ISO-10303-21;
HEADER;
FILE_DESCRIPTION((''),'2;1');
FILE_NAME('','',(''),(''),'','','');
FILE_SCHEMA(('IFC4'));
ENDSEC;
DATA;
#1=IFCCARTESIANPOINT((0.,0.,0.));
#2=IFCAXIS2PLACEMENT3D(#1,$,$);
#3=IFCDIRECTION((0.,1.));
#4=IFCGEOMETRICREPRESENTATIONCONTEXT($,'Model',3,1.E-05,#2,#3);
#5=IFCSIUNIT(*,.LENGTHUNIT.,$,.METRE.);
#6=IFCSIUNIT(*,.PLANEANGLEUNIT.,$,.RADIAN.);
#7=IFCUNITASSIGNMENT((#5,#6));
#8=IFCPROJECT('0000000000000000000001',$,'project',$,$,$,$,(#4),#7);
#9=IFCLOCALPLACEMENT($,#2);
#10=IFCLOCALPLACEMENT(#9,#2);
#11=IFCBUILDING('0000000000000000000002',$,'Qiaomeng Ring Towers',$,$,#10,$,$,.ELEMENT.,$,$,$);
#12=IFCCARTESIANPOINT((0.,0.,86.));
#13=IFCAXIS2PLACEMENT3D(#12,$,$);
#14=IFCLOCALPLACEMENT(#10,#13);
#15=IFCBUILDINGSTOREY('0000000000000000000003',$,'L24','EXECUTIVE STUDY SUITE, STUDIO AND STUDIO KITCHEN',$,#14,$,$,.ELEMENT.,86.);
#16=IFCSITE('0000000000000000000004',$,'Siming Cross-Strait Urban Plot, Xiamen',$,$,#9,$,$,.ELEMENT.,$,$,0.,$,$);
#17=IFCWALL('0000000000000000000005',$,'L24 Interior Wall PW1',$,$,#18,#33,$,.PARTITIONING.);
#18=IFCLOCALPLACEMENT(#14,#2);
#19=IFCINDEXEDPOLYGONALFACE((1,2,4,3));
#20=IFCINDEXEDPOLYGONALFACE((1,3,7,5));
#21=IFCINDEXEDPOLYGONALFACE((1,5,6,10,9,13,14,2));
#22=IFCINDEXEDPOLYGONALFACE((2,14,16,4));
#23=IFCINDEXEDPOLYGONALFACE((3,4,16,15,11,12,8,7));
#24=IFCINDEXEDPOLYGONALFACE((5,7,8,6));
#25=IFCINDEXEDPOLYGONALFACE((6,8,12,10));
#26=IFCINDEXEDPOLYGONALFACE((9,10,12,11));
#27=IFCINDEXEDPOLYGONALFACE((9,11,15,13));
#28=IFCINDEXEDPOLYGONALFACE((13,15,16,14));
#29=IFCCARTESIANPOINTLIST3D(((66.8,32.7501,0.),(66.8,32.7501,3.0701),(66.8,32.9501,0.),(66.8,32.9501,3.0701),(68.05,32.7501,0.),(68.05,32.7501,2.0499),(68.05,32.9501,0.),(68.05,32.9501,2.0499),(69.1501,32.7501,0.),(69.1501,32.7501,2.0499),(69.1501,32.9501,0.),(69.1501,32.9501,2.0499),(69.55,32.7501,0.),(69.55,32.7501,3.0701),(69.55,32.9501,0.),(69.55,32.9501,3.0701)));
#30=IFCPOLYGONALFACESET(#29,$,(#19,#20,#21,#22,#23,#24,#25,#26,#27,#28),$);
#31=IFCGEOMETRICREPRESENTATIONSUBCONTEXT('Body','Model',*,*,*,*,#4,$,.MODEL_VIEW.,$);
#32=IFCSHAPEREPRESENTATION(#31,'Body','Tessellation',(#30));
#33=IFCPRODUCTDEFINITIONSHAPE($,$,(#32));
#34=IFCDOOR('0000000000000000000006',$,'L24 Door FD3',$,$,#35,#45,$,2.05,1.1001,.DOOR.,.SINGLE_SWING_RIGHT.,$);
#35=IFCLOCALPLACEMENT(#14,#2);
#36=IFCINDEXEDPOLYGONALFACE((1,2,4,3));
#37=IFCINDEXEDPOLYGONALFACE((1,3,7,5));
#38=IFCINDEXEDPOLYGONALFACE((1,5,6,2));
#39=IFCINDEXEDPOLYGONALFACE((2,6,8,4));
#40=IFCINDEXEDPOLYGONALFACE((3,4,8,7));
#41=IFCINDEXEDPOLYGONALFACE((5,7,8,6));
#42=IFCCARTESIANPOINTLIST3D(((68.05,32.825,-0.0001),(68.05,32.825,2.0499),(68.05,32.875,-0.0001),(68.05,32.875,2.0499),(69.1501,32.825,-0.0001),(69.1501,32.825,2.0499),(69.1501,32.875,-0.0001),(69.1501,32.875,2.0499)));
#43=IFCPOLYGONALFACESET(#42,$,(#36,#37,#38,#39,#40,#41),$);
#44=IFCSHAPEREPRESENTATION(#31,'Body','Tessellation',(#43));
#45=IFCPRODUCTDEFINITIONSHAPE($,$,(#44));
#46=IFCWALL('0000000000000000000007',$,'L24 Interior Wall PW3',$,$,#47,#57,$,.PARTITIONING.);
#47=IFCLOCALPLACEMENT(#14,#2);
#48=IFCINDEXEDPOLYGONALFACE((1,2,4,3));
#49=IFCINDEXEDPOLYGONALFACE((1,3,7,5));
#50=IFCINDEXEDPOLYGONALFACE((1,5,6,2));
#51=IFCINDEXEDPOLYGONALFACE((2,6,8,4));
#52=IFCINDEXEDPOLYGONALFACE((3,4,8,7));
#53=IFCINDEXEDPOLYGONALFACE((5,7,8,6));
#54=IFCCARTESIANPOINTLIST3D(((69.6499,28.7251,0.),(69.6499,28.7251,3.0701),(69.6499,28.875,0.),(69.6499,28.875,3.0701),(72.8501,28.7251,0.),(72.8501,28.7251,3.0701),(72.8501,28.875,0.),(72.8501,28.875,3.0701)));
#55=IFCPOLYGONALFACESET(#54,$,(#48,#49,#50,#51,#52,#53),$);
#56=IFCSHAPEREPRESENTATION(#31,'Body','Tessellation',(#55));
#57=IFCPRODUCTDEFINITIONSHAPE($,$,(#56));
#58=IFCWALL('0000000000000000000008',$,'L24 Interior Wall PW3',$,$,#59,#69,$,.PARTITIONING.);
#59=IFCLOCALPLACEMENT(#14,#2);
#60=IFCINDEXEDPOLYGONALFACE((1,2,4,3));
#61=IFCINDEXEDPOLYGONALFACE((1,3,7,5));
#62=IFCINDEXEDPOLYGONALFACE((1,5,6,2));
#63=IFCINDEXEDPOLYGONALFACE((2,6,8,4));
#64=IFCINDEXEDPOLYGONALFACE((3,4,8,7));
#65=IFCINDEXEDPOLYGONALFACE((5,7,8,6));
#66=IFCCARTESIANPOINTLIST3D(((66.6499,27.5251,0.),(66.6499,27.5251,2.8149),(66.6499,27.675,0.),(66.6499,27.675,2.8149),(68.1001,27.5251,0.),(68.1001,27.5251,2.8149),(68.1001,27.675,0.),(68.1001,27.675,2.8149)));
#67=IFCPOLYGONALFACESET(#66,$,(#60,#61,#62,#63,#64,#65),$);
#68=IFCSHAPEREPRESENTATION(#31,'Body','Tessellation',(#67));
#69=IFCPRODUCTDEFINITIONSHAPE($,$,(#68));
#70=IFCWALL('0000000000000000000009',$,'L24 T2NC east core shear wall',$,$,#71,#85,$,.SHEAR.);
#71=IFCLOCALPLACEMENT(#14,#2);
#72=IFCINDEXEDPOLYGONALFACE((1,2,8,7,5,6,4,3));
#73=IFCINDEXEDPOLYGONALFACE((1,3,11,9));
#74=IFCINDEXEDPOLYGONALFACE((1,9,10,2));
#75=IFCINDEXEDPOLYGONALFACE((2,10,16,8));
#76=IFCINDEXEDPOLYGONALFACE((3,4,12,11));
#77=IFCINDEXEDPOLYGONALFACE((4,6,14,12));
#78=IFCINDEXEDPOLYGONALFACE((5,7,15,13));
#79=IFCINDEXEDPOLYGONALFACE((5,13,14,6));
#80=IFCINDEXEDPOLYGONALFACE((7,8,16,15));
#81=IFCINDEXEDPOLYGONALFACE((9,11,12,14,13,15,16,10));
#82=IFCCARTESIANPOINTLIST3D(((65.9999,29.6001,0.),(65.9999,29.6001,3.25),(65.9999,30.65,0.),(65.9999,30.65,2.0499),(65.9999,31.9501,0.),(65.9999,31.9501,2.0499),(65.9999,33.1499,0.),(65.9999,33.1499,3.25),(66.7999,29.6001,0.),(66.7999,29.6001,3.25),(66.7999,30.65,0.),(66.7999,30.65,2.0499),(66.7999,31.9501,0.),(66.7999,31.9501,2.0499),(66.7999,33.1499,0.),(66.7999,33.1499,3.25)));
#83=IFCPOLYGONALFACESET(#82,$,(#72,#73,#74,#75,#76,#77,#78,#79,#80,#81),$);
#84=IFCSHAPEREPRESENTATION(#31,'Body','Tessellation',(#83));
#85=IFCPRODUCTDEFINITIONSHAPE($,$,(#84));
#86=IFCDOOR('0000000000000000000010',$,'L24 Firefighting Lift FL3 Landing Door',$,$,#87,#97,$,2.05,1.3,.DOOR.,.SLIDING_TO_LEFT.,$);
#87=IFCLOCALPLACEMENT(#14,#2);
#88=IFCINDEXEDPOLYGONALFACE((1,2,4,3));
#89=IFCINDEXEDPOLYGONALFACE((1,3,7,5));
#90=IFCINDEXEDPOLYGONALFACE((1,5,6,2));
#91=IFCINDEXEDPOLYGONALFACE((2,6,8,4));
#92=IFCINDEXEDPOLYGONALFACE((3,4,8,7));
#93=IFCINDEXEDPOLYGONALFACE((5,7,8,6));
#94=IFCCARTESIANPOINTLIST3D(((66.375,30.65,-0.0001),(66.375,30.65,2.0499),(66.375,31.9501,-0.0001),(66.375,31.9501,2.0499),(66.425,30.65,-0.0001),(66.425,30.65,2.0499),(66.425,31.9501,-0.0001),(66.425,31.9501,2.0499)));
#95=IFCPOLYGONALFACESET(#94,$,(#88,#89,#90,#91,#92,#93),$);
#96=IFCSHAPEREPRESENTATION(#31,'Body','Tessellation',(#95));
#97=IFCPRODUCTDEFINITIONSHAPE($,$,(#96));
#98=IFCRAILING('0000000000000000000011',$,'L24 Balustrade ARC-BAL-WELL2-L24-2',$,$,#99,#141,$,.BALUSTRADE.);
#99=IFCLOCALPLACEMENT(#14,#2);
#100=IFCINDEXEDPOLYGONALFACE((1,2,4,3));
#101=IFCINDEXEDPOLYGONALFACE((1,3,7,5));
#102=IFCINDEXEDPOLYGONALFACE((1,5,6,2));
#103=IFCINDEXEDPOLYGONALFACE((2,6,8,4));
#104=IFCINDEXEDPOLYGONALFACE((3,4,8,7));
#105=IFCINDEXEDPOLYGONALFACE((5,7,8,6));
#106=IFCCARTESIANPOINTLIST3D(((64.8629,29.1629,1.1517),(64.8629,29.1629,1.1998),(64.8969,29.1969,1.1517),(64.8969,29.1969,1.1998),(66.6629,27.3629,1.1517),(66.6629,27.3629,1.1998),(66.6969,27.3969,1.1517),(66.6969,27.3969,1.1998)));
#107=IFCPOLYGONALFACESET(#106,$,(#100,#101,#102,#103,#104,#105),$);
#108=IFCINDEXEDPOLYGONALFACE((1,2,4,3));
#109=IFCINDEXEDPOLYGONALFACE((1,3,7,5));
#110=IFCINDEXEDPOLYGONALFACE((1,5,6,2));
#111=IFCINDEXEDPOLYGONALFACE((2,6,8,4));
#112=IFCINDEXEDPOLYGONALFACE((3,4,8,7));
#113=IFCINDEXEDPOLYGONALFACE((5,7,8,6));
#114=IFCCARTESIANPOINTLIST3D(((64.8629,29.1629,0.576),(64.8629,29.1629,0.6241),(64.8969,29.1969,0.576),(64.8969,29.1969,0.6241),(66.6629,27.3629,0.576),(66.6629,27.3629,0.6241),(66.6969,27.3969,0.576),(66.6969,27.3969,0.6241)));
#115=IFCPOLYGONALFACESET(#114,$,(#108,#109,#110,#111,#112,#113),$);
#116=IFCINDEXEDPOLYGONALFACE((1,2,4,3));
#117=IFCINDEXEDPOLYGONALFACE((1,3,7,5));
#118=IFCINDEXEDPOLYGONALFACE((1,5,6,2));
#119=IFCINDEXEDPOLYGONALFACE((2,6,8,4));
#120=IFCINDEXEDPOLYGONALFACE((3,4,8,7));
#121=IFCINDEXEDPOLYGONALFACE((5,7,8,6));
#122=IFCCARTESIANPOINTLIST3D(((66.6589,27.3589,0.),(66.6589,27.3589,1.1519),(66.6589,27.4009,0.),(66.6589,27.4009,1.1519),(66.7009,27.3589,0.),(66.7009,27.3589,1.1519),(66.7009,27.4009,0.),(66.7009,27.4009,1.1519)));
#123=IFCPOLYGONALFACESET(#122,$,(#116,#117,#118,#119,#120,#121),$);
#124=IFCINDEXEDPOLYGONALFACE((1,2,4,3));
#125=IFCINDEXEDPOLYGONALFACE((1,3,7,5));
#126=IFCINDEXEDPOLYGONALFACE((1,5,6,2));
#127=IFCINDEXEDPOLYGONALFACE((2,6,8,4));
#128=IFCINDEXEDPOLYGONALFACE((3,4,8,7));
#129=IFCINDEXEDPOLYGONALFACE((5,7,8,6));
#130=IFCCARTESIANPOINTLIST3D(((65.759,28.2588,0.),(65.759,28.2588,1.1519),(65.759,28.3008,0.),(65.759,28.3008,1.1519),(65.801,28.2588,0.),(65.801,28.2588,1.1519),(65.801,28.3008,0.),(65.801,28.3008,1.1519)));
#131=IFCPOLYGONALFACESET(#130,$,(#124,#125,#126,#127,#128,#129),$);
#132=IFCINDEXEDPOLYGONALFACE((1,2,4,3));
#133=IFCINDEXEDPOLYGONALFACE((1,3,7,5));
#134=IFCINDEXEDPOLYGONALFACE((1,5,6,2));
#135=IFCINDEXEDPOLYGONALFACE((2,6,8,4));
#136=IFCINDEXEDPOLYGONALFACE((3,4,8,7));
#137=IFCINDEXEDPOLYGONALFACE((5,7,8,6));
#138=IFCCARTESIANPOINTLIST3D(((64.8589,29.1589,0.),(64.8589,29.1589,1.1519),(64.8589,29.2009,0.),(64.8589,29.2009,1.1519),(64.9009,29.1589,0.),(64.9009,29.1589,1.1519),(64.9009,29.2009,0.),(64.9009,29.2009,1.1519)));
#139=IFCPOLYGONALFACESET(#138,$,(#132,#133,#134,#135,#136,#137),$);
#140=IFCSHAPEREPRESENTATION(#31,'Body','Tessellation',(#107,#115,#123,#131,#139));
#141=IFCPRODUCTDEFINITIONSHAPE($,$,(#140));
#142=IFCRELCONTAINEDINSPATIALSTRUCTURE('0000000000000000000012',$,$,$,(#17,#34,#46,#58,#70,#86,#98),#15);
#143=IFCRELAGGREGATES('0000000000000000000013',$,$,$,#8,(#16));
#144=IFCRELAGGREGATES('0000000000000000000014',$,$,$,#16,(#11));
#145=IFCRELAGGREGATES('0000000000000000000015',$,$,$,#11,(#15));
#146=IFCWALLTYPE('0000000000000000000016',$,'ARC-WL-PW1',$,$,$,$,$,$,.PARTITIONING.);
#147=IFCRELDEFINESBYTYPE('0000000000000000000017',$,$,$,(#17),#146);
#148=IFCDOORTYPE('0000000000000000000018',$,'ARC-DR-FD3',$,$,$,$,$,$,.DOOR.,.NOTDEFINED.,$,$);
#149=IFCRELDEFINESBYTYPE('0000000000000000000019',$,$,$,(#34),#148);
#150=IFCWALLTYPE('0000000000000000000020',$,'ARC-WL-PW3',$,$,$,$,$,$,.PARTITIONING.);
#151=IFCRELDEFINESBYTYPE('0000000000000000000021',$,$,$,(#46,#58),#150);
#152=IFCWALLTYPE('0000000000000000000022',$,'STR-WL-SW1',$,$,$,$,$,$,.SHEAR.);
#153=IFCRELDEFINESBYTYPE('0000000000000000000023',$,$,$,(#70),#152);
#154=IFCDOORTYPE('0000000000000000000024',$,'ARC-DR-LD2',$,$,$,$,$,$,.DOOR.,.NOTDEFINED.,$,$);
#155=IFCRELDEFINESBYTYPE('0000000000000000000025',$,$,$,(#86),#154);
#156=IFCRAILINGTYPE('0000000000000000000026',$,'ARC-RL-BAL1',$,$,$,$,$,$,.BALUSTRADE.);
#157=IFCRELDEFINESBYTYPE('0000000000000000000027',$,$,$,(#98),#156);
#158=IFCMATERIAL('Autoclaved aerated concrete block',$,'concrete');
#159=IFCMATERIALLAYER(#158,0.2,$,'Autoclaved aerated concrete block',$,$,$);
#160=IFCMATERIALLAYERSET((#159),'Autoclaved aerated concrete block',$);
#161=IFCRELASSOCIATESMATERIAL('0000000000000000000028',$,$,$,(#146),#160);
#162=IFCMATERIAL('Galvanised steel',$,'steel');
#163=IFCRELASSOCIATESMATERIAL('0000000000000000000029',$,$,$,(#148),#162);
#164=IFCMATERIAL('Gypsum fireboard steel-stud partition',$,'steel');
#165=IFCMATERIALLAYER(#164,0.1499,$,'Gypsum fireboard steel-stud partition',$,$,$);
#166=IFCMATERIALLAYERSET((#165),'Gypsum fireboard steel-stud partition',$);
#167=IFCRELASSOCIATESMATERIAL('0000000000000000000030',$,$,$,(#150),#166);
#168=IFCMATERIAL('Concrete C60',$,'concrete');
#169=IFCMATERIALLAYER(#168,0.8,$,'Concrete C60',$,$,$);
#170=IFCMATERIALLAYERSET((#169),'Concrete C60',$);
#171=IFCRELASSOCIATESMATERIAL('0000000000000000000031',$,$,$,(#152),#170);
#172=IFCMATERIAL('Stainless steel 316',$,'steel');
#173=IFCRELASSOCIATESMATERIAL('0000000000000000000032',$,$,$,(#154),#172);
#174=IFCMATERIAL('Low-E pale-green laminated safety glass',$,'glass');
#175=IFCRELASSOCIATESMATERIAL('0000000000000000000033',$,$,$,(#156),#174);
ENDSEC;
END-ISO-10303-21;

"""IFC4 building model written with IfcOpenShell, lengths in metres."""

from ifc_helpers import new_model, si_unit, direction, frame, frame_2d, origin, origin_2d, place, context, subcontext, project, spatial, rectangle, extrude, source, transform, mapped, material, layer, layer_set, type_object, element, fill, save


model = new_model("IFC4")

# Units and contexts
model_context = context("Model", 3, precision=1e-05, world=origin(), true_north=direction((0.0, 1.0)))
body_context = subcontext(model_context, "Body", "Model", "MODEL_VIEW")
ifc_project = project(units=[si_unit("LENGTHUNIT", "METRE"), si_unit("PLANEANGLEUNIT", "RADIAN")], contexts=[model_context])

# Site, building, storey
site_placement = place(None, origin())
site = spatial("IfcSite", under=ifc_project, at=site_placement, Name="Siming Cross-Strait Urban Plot, Xiamen", CompositionType="ELEMENT", RefElevation=0.0)
building_placement = place(site_placement, origin())
building = spatial("IfcBuilding", under=site, at=building_placement, Name="Qiaomeng Ring Towers", CompositionType="ELEMENT")
storey_placement = place(building_placement, frame((0.0, 0.0, 86.0)))
storey = spatial("IfcBuildingStorey", under=building, at=storey_placement, Name="L24", Description="EXECUTIVE STUDY SUITE, STUDIO AND STUDIO KITCHEN", CompositionType="ELEMENT", Elevation=86.0)

# Shared definitions
ifc_material_1 = material(Name="Autoclaved aerated concrete block", Category="concrete")
ifc_layer_1 = layer(ifc_material_1, 0.2, Name="Autoclaved aerated concrete block")
ifc_layer_set_1 = layer_set([ifc_layer_1], Name="Autoclaved aerated concrete block")
wall_type_1 = type_object("IfcWallType", Name="ARC-WL-PW1", PredefinedType="PARTITIONING", material=ifc_layer_set_1)

# Wall, opening, door
wall_1_placement = place(storey_placement, frame((66.8, 32.8501, 0.0), z_axis=(0.0, 0.0, 1.0), x_axis=(1.0, 0.0, 0.0)))
wall_1 = element("IfcWall", 1, at=wall_1_placement, inside=storey, type_object=wall_type_1, Name="L24 Interior Wall PW1", PredefinedType="PARTITIONING", context=body_context, shape_type="SweptSolid", body=[
    extrude(rectangle(XDim=2.75, YDim=0.2, at=frame_2d((1.375, 0.0))), origin(), (0.0, 0.0, 1.0), 3.0701),
])
opening_1_placement = place(wall_1_placement, frame((1.25, 0.0, 0.0)))
opening_1 = element("IfcOpeningElement", 2, at=opening_1_placement, cuts=wall_1, PredefinedType="OPENING", context=body_context, shape_type="SweptSolid", body=[
    extrude(rectangle(XDim=1.1001, YDim=2.05, at=frame_2d((0.55, 1.0249))), frame((0.0, 0.1099, 0.0), z_axis=(0.0, -1.0, 0.0), x_axis=(1.0, 0.0, 0.0)), (0.0, 0.0, 1.0), 0.22),
])
ifc_material_2 = material(Name="Galvanised steel", Category="steel")
door_type_1 = type_object("IfcDoorType", Name="ARC-DR-FD3", OperationType="NOTDEFINED", PredefinedType="DOOR", material=ifc_material_2)
shared_shape_1 = source(origin(), body_context, "Body", "SweptSolid", [
    extrude(rectangle(XDim=1.1001, YDim=2.05, at=frame_2d((0.55, 1.0249))), frame((0.0, 0.0249, 0.0), z_axis=(0.0, -1.0, 0.0), x_axis=(1.0, 0.0, 0.0)), (0.0, 0.0, 1.0), 0.05),
])
door_1_placement = place(opening_1_placement, origin())
door_1 = element("IfcDoor", 3, at=door_1_placement, inside=storey, type_object=door_type_1, Name="L24 Door FD3", OperationType="SINGLE_SWING_RIGHT", OverallHeight=2.05, OverallWidth=1.1001, PredefinedType="DOOR", context=body_context, shape_type="MappedRepresentation", body=[
    mapped(shared_shape_1, transform((0.0, 0.0, 0.0), x_axis=(1.0, 0.0, 0.0), y_axis=(0.0, 1.0, 0.0), z_axis=(0.0, 0.0, 1.0), scale=1.0)),
])
fill(opening_1, door_1)

# Walls
ifc_material_3 = material(Name="Gypsum fireboard steel-stud partition", Category="steel")
ifc_layer_2 = layer(ifc_material_3, 0.1499, Name="Gypsum fireboard steel-stud partition")
ifc_layer_set_2 = layer_set([ifc_layer_2], Name="Gypsum fireboard steel-stud partition")
wall_type_2 = type_object("IfcWallType", Name="ARC-WL-PW3", PredefinedType="PARTITIONING", material=ifc_layer_set_2)
wall_2_placement = place(storey_placement, frame((69.6499, 28.8, 0.0), z_axis=(0.0, 0.0, 1.0), x_axis=(1.0, 0.0, 0.0)))
element("IfcWall", 4, at=wall_2_placement, inside=storey, type_object=wall_type_2, Name="L24 Interior Wall PW3", PredefinedType="PARTITIONING", context=body_context, shape_type="SweptSolid", body=[
    extrude(rectangle(XDim=3.2002, YDim=0.1499, at=frame_2d((1.6001, 0.0))), origin(), (0.0, 0.0, 1.0), 3.0701),
])
wall_3_placement = place(storey_placement, frame((66.6499, 27.6001, 0.0), z_axis=(0.0, 0.0, 1.0), x_axis=(1.0, 0.0, 0.0)))
element("IfcWall", 5, at=wall_3_placement, inside=storey, type_object=wall_type_2, Name="L24 Interior Wall PW3", PredefinedType="PARTITIONING", context=body_context, shape_type="SweptSolid", body=[
    extrude(rectangle(XDim=1.4502, YDim=0.1499, at=frame_2d((0.7251, 0.0))), origin(), (0.0, 0.0, 1.0), 2.8149),
])

# Wall, opening, door
ifc_material_4 = material(Name="Concrete C60", Category="concrete")
ifc_layer_3 = layer(ifc_material_4, 0.8, Name="Concrete C60")
ifc_layer_set_3 = layer_set([ifc_layer_3], Name="Concrete C60")
wall_type_3 = type_object("IfcWallType", Name="STR-WL-SW1", PredefinedType="SHEAR", material=ifc_layer_set_3)
wall_4_placement = place(storey_placement, frame((66.3999, 29.6001, 0.0), z_axis=(0.0, 0.0, 1.0), x_axis=(0.0, 1.0, 0.0)))
wall_4 = element("IfcWall", 6, at=wall_4_placement, inside=storey, type_object=wall_type_3, Name="L24 T2NC east core shear wall", PredefinedType="SHEAR", context=body_context, shape_type="SweptSolid", body=[
    extrude(rectangle(XDim=3.5498, YDim=0.8, at=frame_2d((1.7749, 0.0))), origin(), (0.0, 0.0, 1.0), 3.25),
])
opening_2_placement = place(wall_4_placement, frame((1.05, 0.0, 0.0)))
opening_2 = element("IfcOpeningElement", 7, at=opening_2_placement, cuts=wall_4, PredefinedType="OPENING", context=body_context, shape_type="SweptSolid", body=[
    extrude(rectangle(XDim=1.3, YDim=2.05, at=frame_2d((0.6499, 1.0249))), frame((0.0, 0.4099, 0.0), z_axis=(0.0, -1.0, 0.0), x_axis=(1.0, 0.0, 0.0)), (0.0, 0.0, 1.0), 0.8201),
])
ifc_material_5 = material(Name="Stainless steel 316", Category="steel")
door_type_2 = type_object("IfcDoorType", Name="ARC-DR-LD2", OperationType="NOTDEFINED", PredefinedType="DOOR", material=ifc_material_5)
shared_shape_2 = source(origin(), body_context, "Body", "SweptSolid", [
    extrude(rectangle(XDim=1.3, YDim=2.05, at=frame_2d((0.6499, 1.0249))), frame((0.0, 0.0249, 0.0), z_axis=(0.0, -1.0, 0.0), x_axis=(1.0, 0.0, 0.0)), (0.0, 0.0, 1.0), 0.05),
])
door_2_placement = place(opening_2_placement, origin())
door_2 = element("IfcDoor", 8, at=door_2_placement, inside=storey, type_object=door_type_2, Name="L24 Firefighting Lift FL3 Landing Door", OperationType="SLIDING_TO_LEFT", OverallHeight=2.05, OverallWidth=1.3, PredefinedType="DOOR", context=body_context, shape_type="MappedRepresentation", body=[
    mapped(shared_shape_2, transform((0.0, 0.0, 0.0), x_axis=(1.0, 0.0, 0.0), y_axis=(0.0, 1.0, 0.0), z_axis=(0.0, 0.0, 1.0), scale=1.0)),
])
fill(opening_2, door_2)

# Railing
ifc_material_6 = material(Name="Low-E pale-green laminated safety glass", Category="glass")
railing_type = type_object("IfcRailingType", Name="ARC-RL-BAL1", PredefinedType="BALUSTRADE", material=ifc_material_6)
railing_1_placement = place(storey_placement, frame((66.6799, 27.3799, 0.0)))
element("IfcRailing", 9, at=railing_1_placement, inside=storey, type_object=railing_type, Name="L24 Balustrade ARC-BAL-WELL2-L24-2", PredefinedType="BALUSTRADE", context=body_context, shape_type="SweptSolid", body=[
    extrude(rectangle(XDim=0.0481, YDim=0.0481, at=origin_2d()), frame((0.0, 0.0, 1.1758), z_axis=(-0.707107, 0.707107, 0.0), x_axis=(-0.707107, -0.707107, 0.0)), (0.0, 0.0, 1.0), 2.5457),
    extrude(rectangle(XDim=0.0481, YDim=0.0481, at=origin_2d()), frame((0.0, 0.0, 0.6001), z_axis=(-0.707107, 0.707107, 0.0), x_axis=(-0.707107, -0.707107, 0.0)), (0.0, 0.0, 1.0), 2.5457),
    extrude(rectangle(XDim=0.042, YDim=0.042, at=origin_2d()), origin(), (0.0, 0.0, 1.0), 1.1519),
    extrude(rectangle(XDim=0.042, YDim=0.042, at=origin_2d()), frame((-0.8999, 0.8999, 0.0)), (0.0, 0.0, 1.0), 1.1519),
    extrude(rectangle(XDim=0.042, YDim=0.042, at=origin_2d()), frame((-1.8, 1.8, 0.0)), (0.0, 0.0, 1.0), 1.1519),
])

save(model, "model.ifc")
